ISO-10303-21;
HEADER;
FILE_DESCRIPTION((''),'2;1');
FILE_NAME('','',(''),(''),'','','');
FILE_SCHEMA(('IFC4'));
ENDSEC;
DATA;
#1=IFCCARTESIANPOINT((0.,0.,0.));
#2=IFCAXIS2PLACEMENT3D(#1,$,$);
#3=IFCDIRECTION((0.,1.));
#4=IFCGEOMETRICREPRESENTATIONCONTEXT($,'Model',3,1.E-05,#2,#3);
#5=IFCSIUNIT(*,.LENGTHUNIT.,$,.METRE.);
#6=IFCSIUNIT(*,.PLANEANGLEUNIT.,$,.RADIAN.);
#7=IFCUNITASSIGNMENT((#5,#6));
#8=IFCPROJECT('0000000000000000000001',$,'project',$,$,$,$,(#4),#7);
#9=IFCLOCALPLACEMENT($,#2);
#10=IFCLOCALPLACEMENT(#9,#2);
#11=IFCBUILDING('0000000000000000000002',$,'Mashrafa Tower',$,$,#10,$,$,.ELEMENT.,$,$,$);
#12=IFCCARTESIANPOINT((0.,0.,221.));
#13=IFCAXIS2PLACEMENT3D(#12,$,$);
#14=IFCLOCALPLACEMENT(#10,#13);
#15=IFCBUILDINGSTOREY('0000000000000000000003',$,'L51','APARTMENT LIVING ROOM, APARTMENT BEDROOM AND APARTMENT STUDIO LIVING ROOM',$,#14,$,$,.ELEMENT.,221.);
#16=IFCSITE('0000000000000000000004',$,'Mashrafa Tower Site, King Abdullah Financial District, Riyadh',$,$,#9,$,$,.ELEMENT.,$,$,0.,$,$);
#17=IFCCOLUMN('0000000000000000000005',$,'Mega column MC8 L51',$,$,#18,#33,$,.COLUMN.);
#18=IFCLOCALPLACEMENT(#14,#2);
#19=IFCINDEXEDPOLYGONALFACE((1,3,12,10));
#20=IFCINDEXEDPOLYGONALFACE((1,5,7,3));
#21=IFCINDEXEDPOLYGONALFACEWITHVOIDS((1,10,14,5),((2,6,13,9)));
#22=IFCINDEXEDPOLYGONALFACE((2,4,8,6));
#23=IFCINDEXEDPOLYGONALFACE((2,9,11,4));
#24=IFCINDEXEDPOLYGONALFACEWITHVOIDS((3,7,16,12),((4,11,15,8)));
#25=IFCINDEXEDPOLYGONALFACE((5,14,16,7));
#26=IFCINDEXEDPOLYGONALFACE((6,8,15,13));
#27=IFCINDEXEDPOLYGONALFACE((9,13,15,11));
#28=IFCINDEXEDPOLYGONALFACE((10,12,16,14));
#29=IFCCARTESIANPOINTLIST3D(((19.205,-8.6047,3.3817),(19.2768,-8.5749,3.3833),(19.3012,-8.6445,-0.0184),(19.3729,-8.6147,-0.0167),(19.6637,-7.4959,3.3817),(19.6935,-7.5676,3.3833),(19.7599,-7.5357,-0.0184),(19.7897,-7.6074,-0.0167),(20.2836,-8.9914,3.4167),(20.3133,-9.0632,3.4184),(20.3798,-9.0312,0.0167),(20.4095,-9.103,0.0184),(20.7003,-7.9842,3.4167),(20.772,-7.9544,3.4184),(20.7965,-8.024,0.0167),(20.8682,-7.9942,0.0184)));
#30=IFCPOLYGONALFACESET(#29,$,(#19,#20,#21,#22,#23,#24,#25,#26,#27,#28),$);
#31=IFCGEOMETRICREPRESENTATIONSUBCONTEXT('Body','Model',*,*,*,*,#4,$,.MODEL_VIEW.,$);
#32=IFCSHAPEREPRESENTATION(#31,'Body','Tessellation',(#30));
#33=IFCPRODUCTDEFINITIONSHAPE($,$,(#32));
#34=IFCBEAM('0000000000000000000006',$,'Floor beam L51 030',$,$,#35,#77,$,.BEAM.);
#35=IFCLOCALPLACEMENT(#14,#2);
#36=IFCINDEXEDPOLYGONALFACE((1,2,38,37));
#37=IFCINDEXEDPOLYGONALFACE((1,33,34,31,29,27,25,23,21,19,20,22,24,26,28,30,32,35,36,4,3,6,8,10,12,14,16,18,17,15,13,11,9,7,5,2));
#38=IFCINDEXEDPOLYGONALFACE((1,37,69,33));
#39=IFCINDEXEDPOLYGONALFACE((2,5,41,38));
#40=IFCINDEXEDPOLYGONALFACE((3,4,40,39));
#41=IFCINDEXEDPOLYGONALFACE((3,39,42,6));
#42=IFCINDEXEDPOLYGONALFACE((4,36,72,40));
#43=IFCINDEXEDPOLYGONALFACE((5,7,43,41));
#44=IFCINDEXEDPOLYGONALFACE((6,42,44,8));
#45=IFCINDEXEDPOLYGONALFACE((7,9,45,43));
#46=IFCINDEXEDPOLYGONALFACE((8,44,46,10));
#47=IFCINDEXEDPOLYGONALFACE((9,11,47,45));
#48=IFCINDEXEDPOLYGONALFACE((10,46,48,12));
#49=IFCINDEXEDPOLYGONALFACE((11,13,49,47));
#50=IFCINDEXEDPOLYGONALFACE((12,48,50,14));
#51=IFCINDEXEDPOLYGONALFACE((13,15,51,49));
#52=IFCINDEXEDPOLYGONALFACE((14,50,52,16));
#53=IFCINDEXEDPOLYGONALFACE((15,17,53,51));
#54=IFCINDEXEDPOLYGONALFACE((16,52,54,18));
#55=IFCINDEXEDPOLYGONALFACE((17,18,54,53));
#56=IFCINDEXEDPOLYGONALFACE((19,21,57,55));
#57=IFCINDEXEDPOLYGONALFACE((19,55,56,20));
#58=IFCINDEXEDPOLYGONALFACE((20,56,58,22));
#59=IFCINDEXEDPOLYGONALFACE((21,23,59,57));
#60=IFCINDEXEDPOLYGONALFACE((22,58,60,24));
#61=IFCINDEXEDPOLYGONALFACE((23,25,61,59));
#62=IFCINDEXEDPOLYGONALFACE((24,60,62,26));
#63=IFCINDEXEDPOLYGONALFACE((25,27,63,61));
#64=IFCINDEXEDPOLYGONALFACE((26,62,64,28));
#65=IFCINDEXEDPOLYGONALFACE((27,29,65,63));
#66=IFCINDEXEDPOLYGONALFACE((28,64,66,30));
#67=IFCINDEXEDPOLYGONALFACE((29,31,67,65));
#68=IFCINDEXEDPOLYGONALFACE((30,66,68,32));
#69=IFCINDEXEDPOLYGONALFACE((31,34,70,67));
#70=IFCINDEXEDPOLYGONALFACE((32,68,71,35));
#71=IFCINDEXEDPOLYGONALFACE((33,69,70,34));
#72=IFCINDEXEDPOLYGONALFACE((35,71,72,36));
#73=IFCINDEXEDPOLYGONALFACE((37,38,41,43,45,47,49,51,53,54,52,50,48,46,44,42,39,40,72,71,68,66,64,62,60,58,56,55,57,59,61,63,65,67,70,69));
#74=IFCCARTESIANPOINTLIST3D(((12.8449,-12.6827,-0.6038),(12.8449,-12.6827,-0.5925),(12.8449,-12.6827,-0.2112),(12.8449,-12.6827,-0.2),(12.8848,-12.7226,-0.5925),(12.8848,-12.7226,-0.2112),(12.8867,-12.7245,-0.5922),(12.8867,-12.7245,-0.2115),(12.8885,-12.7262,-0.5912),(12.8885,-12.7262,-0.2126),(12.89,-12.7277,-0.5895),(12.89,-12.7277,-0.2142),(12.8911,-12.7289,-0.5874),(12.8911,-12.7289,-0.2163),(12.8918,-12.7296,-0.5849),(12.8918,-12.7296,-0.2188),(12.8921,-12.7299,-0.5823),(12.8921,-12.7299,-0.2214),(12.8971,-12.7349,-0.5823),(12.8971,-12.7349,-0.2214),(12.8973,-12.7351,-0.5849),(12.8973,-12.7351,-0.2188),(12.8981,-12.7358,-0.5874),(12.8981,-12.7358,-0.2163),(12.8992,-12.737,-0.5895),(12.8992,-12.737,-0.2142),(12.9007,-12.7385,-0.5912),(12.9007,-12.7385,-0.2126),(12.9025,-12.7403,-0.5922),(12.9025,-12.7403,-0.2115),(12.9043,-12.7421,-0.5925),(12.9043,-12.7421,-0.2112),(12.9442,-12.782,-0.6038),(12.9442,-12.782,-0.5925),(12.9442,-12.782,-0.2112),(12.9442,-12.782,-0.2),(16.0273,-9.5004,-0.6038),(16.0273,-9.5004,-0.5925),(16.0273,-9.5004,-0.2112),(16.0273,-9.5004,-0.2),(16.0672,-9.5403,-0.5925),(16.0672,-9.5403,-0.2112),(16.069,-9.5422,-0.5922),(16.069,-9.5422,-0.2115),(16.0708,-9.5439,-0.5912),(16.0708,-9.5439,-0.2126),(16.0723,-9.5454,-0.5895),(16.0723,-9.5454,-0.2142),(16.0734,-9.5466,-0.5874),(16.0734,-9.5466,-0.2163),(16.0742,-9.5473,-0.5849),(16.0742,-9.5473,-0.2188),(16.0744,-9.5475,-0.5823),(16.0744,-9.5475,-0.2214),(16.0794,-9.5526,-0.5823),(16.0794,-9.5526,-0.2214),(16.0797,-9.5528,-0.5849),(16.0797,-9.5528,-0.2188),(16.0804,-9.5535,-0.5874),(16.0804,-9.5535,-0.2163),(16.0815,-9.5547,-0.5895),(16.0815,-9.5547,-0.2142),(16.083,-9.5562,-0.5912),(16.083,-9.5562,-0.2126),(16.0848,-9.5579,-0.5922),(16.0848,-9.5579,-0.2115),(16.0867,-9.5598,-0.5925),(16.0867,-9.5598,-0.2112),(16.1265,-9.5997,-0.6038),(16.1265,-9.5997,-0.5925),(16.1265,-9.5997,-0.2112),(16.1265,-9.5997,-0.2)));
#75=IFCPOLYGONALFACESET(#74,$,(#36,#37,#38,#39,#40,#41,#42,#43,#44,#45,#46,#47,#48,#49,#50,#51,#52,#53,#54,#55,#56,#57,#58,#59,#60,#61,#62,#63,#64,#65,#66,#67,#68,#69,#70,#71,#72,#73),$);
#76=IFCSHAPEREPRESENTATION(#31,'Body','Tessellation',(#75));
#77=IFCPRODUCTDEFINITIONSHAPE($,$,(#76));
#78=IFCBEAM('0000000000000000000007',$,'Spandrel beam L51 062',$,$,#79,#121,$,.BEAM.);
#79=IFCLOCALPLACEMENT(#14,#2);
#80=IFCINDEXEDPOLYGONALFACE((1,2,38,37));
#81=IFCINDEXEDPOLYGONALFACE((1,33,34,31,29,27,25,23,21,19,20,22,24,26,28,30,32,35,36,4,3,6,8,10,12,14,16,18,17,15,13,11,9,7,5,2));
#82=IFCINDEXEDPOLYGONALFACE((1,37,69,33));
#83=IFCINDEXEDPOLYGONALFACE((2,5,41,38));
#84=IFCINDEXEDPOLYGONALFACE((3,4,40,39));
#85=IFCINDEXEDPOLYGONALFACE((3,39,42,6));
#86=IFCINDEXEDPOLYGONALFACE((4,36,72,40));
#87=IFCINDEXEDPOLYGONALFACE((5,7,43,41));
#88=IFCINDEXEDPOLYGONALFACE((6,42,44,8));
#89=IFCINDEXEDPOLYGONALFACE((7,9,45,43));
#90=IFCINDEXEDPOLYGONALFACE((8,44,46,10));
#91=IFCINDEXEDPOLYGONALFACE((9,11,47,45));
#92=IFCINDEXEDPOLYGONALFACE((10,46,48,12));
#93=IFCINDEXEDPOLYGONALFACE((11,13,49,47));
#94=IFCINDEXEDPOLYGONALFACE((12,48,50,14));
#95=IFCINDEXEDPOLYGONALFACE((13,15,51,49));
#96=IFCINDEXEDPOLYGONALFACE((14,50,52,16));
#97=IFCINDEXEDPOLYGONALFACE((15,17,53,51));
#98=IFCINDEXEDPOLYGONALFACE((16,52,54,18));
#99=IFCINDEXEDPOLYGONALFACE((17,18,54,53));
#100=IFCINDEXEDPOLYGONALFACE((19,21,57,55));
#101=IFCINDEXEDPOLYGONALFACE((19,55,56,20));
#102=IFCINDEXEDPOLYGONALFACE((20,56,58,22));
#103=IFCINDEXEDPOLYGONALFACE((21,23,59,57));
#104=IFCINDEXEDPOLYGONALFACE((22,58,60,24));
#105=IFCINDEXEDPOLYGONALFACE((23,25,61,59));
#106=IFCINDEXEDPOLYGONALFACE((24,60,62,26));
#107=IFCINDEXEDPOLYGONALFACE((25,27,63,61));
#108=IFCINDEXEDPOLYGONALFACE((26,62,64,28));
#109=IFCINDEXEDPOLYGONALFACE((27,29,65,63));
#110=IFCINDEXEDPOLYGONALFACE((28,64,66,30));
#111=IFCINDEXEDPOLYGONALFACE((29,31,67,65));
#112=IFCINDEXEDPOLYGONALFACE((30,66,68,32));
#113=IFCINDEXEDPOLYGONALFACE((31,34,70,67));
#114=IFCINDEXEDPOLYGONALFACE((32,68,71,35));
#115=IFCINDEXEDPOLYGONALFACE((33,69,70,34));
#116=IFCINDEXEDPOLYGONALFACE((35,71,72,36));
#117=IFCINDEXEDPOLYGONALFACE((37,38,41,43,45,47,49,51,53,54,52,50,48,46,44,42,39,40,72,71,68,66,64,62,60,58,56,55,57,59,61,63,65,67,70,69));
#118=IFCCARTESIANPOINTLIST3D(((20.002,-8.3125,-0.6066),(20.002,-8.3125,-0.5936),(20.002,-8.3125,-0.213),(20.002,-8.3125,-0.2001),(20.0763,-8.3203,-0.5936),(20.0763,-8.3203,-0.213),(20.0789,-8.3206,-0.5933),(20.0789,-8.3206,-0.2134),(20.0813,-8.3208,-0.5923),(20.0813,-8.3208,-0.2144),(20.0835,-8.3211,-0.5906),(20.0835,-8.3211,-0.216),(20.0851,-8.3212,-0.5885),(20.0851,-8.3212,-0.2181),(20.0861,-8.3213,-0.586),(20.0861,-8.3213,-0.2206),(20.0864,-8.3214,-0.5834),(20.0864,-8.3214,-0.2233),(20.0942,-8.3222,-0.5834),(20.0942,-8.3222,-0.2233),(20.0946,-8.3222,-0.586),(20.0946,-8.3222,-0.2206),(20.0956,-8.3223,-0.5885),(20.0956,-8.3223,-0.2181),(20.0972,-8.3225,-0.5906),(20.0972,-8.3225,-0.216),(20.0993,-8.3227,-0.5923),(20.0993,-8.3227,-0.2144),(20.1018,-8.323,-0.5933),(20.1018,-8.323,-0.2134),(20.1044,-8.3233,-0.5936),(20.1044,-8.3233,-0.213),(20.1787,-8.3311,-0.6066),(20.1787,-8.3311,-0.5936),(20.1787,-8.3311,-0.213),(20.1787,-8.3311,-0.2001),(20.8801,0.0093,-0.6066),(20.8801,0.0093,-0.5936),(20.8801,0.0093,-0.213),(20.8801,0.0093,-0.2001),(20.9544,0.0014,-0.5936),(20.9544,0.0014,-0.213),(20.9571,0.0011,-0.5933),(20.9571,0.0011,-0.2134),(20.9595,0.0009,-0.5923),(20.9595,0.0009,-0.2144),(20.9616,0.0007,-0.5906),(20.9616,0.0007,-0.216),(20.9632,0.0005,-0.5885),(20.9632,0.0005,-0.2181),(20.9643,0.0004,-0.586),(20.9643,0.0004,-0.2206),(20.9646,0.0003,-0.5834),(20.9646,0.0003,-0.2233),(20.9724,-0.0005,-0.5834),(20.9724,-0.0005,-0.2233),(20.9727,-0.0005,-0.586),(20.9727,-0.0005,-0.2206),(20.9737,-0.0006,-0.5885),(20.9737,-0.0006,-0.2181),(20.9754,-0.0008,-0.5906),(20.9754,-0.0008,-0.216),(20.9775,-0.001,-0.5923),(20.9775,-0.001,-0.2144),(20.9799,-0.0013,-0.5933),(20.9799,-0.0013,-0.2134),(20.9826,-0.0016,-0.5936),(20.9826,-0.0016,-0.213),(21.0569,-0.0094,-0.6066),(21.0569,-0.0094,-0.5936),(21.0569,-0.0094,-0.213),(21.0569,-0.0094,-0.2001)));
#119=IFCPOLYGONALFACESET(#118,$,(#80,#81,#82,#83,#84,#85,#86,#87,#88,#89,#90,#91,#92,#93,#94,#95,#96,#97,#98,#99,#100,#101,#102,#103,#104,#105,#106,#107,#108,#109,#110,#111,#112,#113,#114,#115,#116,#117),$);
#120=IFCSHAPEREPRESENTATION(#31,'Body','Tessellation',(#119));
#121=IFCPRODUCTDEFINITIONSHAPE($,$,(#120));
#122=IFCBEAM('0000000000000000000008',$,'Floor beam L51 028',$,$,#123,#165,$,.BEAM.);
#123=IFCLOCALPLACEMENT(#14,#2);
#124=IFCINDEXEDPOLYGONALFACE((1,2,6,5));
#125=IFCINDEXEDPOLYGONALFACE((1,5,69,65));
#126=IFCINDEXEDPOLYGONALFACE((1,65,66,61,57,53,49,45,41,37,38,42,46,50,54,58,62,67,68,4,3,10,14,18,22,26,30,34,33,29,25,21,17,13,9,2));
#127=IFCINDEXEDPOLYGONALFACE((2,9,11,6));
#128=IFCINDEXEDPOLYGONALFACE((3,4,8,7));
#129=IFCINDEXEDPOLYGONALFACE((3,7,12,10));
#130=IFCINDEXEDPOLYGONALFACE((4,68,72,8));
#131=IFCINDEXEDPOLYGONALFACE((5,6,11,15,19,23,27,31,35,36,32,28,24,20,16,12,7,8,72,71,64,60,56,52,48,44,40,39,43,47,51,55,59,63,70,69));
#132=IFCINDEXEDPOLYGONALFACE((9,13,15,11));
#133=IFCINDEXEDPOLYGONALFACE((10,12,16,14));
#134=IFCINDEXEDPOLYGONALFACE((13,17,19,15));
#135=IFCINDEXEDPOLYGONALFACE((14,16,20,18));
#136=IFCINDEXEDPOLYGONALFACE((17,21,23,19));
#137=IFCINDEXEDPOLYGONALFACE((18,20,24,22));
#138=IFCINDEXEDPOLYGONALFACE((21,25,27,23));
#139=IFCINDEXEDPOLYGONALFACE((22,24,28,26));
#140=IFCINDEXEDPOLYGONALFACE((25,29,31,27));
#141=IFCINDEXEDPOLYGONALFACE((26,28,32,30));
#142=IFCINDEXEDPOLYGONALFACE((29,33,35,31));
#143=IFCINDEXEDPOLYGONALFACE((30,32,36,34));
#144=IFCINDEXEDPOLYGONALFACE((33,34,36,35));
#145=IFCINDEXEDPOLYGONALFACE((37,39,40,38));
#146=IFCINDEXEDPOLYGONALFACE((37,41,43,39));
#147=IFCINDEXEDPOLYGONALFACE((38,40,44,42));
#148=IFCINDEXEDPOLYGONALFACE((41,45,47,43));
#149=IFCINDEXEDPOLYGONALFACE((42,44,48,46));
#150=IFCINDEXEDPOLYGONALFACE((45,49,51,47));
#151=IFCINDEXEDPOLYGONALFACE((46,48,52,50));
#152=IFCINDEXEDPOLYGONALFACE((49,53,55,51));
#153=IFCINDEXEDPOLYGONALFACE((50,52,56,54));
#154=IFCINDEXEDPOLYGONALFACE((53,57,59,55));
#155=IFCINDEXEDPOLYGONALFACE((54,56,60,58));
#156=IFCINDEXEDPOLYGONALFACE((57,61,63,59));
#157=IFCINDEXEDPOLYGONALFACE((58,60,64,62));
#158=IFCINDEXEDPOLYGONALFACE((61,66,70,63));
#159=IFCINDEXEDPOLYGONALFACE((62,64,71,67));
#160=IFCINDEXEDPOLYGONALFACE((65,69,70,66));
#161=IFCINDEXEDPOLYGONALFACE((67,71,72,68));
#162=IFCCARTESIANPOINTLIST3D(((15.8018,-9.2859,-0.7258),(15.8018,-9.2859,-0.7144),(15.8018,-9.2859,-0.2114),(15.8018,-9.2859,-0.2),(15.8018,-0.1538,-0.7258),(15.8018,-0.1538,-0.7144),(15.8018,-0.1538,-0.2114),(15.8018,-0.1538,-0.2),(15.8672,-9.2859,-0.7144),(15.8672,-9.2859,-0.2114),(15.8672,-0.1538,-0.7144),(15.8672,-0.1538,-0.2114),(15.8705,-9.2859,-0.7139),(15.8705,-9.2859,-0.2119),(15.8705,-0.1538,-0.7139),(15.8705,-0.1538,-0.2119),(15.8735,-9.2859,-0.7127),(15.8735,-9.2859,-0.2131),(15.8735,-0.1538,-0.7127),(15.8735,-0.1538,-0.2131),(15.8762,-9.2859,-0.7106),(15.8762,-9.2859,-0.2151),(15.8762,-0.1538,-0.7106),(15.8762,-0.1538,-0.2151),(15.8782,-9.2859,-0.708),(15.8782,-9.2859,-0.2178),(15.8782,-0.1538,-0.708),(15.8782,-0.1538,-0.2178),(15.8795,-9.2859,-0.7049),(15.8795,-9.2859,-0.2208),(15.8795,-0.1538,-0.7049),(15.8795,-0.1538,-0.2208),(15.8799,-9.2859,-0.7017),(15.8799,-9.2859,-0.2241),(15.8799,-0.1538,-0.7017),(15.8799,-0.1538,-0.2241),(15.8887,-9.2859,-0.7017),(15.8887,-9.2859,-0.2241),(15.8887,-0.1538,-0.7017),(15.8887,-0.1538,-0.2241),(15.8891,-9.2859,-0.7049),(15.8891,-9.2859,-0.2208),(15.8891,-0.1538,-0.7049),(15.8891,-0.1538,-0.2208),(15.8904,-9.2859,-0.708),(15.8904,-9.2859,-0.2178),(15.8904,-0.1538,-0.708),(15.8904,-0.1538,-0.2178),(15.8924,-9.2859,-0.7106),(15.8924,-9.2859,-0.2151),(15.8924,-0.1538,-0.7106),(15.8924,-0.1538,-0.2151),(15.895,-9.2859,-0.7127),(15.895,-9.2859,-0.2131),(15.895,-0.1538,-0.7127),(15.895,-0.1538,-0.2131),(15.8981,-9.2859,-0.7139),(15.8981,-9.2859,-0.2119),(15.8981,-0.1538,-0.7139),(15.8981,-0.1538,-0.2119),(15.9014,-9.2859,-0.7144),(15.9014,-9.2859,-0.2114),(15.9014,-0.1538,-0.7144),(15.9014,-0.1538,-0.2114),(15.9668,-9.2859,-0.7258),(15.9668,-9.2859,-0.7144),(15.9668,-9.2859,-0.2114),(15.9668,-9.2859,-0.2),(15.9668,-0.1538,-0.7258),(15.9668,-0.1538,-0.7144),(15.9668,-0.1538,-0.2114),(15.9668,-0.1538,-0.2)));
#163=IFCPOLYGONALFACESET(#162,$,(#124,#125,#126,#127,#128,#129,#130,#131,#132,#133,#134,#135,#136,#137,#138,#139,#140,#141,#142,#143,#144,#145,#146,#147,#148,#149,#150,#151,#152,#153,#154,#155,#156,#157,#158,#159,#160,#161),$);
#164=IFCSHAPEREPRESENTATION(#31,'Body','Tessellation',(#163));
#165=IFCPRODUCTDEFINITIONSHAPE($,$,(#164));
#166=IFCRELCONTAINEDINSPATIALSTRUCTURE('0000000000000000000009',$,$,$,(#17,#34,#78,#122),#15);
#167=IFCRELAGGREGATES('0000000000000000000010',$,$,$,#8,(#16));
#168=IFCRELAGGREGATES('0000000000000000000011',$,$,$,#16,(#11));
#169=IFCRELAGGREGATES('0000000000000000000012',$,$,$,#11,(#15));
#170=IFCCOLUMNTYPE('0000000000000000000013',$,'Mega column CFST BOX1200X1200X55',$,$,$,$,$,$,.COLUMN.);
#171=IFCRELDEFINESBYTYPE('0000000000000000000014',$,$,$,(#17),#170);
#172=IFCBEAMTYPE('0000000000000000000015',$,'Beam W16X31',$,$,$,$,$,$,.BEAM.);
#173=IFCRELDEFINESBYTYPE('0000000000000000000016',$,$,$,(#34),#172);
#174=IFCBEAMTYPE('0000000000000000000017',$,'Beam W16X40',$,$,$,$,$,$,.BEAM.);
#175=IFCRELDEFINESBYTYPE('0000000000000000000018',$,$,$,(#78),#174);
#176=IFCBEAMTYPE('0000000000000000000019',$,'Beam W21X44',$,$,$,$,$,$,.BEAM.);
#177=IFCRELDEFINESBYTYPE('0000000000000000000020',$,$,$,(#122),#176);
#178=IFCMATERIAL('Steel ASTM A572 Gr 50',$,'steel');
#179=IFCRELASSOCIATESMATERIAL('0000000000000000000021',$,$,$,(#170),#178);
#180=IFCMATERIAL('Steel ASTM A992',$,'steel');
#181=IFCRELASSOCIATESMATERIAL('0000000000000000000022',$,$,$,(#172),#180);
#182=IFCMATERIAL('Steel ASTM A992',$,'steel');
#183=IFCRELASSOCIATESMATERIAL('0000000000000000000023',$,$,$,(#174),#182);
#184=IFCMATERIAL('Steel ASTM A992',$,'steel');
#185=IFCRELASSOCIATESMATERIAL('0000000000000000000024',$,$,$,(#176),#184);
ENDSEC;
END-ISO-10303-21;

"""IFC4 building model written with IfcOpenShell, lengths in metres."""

from ifc_helpers import new_model, si_unit, direction, frame, origin, origin_2d, place, context, subcontext, project, spatial, hollow_rectangle, i_section, extrude, material, material_profile, profile_set, type_object, element, save


model = new_model("IFC4")

# Units and contexts
model_context = context("Model", 3, precision=1e-05, world=origin(), true_north=direction((0.0, 1.0)))
body_context = subcontext(model_context, "Body", "Model", "MODEL_VIEW")
ifc_project = project(units=[si_unit("LENGTHUNIT", "METRE"), si_unit("PLANEANGLEUNIT", "RADIAN")], contexts=[model_context])

# Site, building, storey
site_placement = place(None, origin())
site = spatial("IfcSite", under=ifc_project, at=site_placement, Name="Mashrafa Tower Site, King Abdullah Financial District, Riyadh", CompositionType="ELEMENT", RefElevation=0.0)
building_placement = place(site_placement, origin())
building = spatial("IfcBuilding", under=site, at=building_placement, Name="Mashrafa Tower", CompositionType="ELEMENT")
storey_placement = place(building_placement, frame((0.0, 0.0, 221.0)))
storey = spatial("IfcBuildingStorey", under=building, at=storey_placement, Name="L51", Description="APARTMENT LIVING ROOM, APARTMENT BEDROOM AND APARTMENT STUDIO LIVING ROOM", CompositionType="ELEMENT", Elevation=221.0)

# Column
ifc_material_1 = material(Name="Steel ASTM A572 Gr 50", Category="steel")
ifc_material_profile_1 = material_profile(ifc_material_1, hollow_rectangle(XDim=1.2, YDim=1.2, WallThickness=0.0549, at=origin_2d()), Name="BOX1200X1200X55")
ifc_profile_set_1 = profile_set([ifc_material_profile_1], Name="Steel ASTM A572 Gr 50")
column_type = type_object("IfcColumnType", Name="Mega column CFST BOX1200X1200X55", PredefinedType="COLUMN", material=ifc_profile_set_1)
column_placement = place(storey_placement, frame((20.0847, -8.3193, 0.0), z_axis=(-0.028279, 0.011699, 0.999532), x_axis=(-0.382283, -0.924045, 0.0)))
element("IfcColumn", 1, at=column_placement, inside=storey, type_object=column_type, Name="Mega column MC8 L51", PredefinedType="COLUMN", context=body_context, shape_type="SweptSolid", body=[
    extrude(hollow_rectangle(XDim=1.2, YDim=1.2, WallThickness=0.0549, at=origin_2d()), origin(), (0.0, 0.0, 1.0), 3.4016),
])

# Beams
ifc_material_2 = material(Name="Steel ASTM A992", Category="steel")
ifc_material_profile_2 = material_profile(ifc_material_2, i_section(OverallWidth=0.1404, OverallDepth=0.4038, WebThickness=0.0071, FlangeThickness=0.0112, FilletRadius=0.0103, at=origin_2d()), Name="W16X31")
ifc_profile_set_2 = profile_set([ifc_material_profile_2], Name="Steel ASTM A992")
beam_type_1 = type_object("IfcBeamType", Name="Beam W16X31", PredefinedType="BEAM", material=ifc_profile_set_2)
beam_1_placement = place(storey_placement, frame((16.0769, -9.55, -0.4019), z_axis=(-0.707107, -0.707107, 0.0), x_axis=(0.707107, -0.707107, 0.0)))
element("IfcBeam", 2, at=beam_1_placement, inside=storey, type_object=beam_type_1, Name="Floor beam L51 030", PredefinedType="BEAM", context=body_context, shape_type="SweptSolid", body=[
    extrude(i_section(OverallWidth=0.1404, OverallDepth=0.4038, WebThickness=0.0071, FlangeThickness=0.0112, FilletRadius=0.0103, at=origin_2d()), origin(), (0.0, 0.0, 1.0), 4.5005),
])
ifc_material_3 = material(Name="Steel ASTM A992", Category="steel")
ifc_material_profile_3 = material_profile(ifc_material_3, i_section(OverallWidth=0.1777, OverallDepth=0.4065, WebThickness=0.0078, FlangeThickness=0.0129, FilletRadius=0.0103, at=origin_2d()), Name="W16X40")
ifc_profile_set_3 = profile_set([ifc_material_profile_3], Name="Steel ASTM A992")
beam_type_2 = type_object("IfcBeamType", Name="Beam W16X40", PredefinedType="BEAM", material=ifc_profile_set_3)
beam_2_placement = place(storey_placement, frame((20.0903, -8.3218, -0.4033), z_axis=(0.104944, 0.994478, 0.0), x_axis=(-0.994478, 0.104944, 0.0)))
element("IfcBeam", 3, at=beam_2_placement, inside=storey, type_object=beam_type_2, Name="Spandrel beam L51 062", PredefinedType="BEAM", context=body_context, shape_type="SweptSolid", body=[
    extrude(i_section(OverallWidth=0.1777, OverallDepth=0.4065, WebThickness=0.0078, FlangeThickness=0.0129, FilletRadius=0.0103, at=origin_2d()), origin(), (0.0, 0.0, 1.0), 8.3679),
])
ifc_material_4 = material(Name="Steel ASTM A992", Category="steel")
ifc_material_profile_4 = material_profile(ifc_material_4, i_section(OverallWidth=0.165, OverallDepth=0.5259, WebThickness=0.0088, FlangeThickness=0.0115, FilletRadius=0.0127, at=origin_2d()), Name="W21X44")
ifc_profile_set_4 = profile_set([ifc_material_profile_4], Name="Steel ASTM A992")
beam_type_3 = type_object("IfcBeamType", Name="Beam W21X44", PredefinedType="BEAM", material=ifc_profile_set_4)
beam_3_placement = place(storey_placement, frame((15.8843, -0.1538, -0.4629), z_axis=(0.0, -1.0, 0.0), x_axis=(1.0, 0.0, 0.0)))
element("IfcBeam", 4, at=beam_3_placement, inside=storey, type_object=beam_type_3, Name="Floor beam L51 028", PredefinedType="BEAM", context=body_context, shape_type="SweptSolid", body=[
    extrude(i_section(OverallWidth=0.165, OverallDepth=0.5259, WebThickness=0.0088, FlangeThickness=0.0115, FilletRadius=0.0127, at=origin_2d()), origin(), (0.0, 0.0, 1.0), 9.1321),
])

save(model, "model.ifc")
